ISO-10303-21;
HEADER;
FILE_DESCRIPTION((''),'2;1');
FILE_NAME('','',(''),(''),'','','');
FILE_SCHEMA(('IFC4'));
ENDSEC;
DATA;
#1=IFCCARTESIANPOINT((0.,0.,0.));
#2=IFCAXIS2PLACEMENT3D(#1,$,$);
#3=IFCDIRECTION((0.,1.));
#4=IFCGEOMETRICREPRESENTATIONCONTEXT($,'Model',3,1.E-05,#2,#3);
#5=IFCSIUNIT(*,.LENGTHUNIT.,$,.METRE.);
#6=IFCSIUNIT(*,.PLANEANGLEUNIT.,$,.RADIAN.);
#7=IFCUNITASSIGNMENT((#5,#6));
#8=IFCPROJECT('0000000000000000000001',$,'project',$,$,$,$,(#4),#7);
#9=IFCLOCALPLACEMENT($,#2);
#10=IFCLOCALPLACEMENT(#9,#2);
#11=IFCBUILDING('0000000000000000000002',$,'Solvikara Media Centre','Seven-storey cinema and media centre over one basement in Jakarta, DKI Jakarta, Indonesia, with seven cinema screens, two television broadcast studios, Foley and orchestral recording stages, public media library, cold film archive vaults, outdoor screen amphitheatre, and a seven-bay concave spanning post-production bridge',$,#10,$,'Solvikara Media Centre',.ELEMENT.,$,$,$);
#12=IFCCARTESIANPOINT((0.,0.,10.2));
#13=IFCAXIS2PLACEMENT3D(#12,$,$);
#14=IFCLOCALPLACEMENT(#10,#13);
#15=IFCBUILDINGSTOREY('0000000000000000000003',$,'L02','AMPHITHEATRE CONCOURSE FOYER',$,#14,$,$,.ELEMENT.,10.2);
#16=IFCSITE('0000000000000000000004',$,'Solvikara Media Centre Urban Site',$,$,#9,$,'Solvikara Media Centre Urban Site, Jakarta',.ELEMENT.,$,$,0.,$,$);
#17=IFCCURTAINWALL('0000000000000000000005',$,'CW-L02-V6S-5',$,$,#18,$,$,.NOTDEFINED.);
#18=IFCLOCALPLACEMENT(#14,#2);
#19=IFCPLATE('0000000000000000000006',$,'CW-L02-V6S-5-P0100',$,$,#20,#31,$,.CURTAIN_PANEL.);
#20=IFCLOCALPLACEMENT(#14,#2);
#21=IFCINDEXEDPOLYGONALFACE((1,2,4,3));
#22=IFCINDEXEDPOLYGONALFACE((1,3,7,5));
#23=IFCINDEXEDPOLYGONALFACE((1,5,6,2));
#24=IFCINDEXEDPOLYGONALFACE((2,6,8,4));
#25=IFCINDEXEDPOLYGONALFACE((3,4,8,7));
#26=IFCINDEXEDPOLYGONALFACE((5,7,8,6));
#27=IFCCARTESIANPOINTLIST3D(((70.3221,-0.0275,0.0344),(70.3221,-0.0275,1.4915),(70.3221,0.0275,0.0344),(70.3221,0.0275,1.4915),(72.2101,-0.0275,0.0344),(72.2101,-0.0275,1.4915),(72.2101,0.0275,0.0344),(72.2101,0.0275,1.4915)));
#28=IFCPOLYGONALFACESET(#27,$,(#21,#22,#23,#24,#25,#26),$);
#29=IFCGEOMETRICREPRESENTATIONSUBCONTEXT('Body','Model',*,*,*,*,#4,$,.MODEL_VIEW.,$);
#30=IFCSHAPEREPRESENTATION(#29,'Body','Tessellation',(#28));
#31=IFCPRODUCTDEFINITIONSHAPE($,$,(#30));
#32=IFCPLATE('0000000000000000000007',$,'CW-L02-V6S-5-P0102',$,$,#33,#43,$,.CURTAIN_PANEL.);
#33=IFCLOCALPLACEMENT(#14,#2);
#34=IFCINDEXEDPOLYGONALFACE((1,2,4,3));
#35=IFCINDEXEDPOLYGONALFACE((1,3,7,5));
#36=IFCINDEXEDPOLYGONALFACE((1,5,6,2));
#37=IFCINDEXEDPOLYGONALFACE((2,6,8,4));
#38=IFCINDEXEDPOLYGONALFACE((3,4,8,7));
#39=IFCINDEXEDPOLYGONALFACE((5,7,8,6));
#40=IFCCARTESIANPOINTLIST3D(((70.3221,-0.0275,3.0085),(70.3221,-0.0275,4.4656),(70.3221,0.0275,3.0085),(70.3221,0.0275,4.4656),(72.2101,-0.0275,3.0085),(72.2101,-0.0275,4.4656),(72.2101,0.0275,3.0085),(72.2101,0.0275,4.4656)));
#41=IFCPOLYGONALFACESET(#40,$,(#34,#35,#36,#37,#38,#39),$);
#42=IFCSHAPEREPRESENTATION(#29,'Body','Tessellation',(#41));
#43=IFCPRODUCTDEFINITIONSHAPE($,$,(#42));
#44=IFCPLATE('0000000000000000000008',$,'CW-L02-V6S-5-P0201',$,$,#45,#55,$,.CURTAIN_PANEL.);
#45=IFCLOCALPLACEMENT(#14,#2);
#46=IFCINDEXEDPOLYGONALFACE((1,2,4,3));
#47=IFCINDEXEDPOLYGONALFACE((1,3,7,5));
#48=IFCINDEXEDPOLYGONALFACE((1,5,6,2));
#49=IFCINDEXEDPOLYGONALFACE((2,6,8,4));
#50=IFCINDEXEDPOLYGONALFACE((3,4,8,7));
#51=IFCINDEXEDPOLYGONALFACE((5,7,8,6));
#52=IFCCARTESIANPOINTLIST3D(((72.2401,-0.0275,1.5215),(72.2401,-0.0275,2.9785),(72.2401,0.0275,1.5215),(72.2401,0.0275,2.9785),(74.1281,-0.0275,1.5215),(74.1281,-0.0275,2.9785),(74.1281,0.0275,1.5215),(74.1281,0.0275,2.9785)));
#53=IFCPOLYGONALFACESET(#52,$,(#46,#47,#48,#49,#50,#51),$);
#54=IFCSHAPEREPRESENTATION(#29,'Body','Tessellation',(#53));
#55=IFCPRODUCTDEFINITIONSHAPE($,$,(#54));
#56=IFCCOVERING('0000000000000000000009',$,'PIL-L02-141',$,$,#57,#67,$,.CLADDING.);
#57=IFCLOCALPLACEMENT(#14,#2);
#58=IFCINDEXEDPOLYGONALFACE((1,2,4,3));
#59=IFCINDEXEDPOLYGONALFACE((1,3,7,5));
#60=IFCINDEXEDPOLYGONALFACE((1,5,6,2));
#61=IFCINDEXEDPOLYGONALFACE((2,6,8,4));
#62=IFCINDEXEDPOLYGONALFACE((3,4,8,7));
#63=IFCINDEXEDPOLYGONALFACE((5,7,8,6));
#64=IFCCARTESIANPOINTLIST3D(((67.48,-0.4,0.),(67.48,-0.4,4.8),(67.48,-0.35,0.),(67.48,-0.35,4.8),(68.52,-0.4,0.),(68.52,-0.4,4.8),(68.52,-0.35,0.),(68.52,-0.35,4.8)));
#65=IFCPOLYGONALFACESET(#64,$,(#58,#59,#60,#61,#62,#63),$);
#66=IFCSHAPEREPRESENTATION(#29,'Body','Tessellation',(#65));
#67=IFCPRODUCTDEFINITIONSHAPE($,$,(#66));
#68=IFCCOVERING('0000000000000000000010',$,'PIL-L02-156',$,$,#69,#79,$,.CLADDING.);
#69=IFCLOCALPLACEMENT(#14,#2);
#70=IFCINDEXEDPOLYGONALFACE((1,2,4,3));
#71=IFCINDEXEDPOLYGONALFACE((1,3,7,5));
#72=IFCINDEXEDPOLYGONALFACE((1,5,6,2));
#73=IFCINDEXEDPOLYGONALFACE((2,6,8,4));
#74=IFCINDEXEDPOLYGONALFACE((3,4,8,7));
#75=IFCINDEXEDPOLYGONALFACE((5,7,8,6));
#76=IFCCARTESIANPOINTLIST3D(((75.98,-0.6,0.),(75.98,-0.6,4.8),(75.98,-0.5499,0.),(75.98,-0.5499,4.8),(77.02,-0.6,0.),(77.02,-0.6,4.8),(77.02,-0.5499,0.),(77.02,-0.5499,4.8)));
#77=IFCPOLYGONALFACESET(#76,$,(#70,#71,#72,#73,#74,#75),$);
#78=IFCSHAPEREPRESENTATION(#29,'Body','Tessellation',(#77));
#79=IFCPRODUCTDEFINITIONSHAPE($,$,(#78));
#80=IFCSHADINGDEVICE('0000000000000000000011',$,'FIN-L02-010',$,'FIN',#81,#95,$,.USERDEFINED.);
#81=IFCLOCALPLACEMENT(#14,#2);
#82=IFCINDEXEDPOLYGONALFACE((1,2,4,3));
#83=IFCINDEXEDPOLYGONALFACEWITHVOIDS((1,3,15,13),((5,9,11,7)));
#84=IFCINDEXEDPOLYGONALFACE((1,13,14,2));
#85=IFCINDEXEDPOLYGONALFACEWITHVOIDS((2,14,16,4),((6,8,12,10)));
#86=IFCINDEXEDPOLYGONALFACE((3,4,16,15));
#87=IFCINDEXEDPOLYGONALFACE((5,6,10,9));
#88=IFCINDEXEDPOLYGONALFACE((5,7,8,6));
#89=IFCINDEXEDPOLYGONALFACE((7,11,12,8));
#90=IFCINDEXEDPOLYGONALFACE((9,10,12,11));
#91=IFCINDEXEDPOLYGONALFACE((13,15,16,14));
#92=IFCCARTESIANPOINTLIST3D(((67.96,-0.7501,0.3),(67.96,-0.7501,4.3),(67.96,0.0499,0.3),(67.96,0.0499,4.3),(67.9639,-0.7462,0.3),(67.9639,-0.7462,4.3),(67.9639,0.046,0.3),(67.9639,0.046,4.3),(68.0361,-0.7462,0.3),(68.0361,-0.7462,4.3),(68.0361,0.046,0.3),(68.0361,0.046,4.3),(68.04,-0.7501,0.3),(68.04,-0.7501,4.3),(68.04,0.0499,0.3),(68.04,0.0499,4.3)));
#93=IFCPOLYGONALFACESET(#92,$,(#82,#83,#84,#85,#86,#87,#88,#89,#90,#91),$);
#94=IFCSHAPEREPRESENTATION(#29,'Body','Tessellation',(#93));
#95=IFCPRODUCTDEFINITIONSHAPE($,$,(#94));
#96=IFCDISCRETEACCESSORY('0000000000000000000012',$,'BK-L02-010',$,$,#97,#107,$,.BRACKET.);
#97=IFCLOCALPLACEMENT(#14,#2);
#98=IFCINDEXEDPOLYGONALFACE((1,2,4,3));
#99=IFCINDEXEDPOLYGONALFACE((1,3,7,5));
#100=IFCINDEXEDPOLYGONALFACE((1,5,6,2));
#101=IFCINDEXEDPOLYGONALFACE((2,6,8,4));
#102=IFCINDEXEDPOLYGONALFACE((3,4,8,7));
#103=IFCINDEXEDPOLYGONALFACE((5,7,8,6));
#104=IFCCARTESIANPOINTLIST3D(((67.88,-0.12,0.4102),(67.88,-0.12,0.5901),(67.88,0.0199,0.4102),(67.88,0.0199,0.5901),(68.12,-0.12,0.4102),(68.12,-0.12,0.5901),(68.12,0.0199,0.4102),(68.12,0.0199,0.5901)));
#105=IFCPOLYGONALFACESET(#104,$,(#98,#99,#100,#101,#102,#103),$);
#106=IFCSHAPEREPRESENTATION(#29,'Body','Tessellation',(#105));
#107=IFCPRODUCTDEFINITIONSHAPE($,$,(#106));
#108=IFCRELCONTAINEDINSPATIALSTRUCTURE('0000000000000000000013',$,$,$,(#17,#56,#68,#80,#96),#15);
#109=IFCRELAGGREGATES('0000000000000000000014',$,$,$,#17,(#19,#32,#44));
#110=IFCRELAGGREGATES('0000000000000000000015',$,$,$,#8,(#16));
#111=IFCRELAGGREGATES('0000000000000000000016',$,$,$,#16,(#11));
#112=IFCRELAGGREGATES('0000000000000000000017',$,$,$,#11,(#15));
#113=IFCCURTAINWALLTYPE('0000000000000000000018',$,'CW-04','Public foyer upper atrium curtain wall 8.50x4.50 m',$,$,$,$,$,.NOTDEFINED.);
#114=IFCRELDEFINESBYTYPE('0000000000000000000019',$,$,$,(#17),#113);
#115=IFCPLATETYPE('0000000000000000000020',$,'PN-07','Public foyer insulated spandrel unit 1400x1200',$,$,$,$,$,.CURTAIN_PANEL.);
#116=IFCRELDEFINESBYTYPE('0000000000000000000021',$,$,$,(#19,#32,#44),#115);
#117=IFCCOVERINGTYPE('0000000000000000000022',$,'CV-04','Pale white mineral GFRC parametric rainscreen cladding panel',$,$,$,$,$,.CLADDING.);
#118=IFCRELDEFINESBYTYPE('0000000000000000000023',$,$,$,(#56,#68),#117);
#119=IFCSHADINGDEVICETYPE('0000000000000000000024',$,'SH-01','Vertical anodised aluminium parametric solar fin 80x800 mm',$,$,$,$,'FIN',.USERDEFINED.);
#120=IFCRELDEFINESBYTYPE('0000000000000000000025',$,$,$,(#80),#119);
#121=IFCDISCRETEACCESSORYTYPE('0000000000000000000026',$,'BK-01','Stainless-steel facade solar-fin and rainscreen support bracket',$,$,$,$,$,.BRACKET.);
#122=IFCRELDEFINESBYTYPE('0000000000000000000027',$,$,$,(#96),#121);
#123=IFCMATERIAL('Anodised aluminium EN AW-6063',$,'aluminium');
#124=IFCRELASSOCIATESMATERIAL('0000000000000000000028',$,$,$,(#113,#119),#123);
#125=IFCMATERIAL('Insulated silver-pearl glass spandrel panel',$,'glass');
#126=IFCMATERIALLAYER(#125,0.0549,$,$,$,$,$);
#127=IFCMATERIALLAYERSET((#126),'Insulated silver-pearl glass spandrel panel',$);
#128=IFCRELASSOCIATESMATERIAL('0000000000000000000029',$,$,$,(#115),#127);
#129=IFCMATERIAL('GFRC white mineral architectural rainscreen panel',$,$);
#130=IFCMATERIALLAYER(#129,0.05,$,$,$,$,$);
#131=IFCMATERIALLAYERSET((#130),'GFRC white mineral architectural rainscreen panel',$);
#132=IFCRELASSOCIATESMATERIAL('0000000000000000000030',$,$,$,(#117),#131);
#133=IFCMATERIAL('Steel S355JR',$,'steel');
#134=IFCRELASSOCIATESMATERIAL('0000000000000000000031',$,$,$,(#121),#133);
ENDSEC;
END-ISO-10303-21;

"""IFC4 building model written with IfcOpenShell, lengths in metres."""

from ifc_helpers import new_model, si_unit, direction, frame, origin, origin_2d, place, context, subcontext, project, spatial, rectangle, hollow_rectangle, extrude, material, layer, layer_set, material_profile, profile_set, type_object, element, aggregate, save


model = new_model("IFC4")

# Units and contexts
model_context = context("Model", 3, precision=1e-05, world=origin(), true_north=direction((0.0, 1.0)))
body_context = subcontext(model_context, "Body", "Model", "MODEL_VIEW")
ifc_project = project(units=[si_unit("LENGTHUNIT", "METRE"), si_unit("PLANEANGLEUNIT", "RADIAN")], contexts=[model_context])

# Site, building, storey
site_placement = place(None, origin())
site = spatial("IfcSite", under=ifc_project, at=site_placement, Name="Solvikara Media Centre Urban Site", LongName="Solvikara Media Centre Urban Site, Jakarta", CompositionType="ELEMENT", RefElevation=0.0)
building_placement = place(site_placement, origin())
building = spatial("IfcBuilding", under=site, at=building_placement, Name="Solvikara Media Centre", Description="Seven-storey cinema and media centre over one basement in Jakarta, DKI Jakarta, Indonesia, with seven cinema screens, two television broadcast studios, Foley and orchestral recording stages, public media library, cold film archive vaults, outdoor screen amphitheatre, and a seven-bay concave spanning post-production bridge", LongName="Solvikara Media Centre", CompositionType="ELEMENT")
storey_placement = place(building_placement, frame((0.0, 0.0, 10.2)))
storey = spatial("IfcBuildingStorey", under=building, at=storey_placement, Name="L02", Description="AMPHITHEATRE CONCOURSE FOYER", CompositionType="ELEMENT", Elevation=10.2)

# Shared definitions
ifc_material_1 = material(Name="Steel S355JR", Category="steel")

# Curtain wall
ifc_material_2 = material(Name="Anodised aluminium EN AW-6063", Category="aluminium")
curtain_wall_type = type_object("IfcCurtainWallType", Name="CW-04", Description="Public foyer upper atrium curtain wall 8.50x4.50 m", PredefinedType="NOTDEFINED", material=ifc_material_2)
curtain_wall_1_placement = place(storey_placement, origin())
curtain_wall_1 = element("IfcCurtainWall", 1, at=curtain_wall_1_placement, inside=storey, type_object=curtain_wall_type, Name="CW-L02-V6S-5", PredefinedType="NOTDEFINED")

# Plates
ifc_material_3 = material(Name="Insulated silver-pearl glass spandrel panel", Category="glass")
ifc_layer_1 = layer(ifc_material_3, 0.0549)
ifc_layer_set_1 = layer_set([ifc_layer_1], Name="Insulated silver-pearl glass spandrel panel")
plate_type_1 = type_object("IfcPlateType", Name="PN-07", Description="Public foyer insulated spandrel unit 1400x1200", PredefinedType="CURTAIN_PANEL", material=ifc_layer_set_1)
plate_1_placement = place(storey_placement, frame((71.2661, 0.0, 0.0344), z_axis=(0.0, 0.0, 1.0), x_axis=(1.0, 0.0, 0.0)))
plate_1 = element("IfcPlate", 2, at=plate_1_placement, type_object=plate_type_1, Name="CW-L02-V6S-5-P0100", PredefinedType="CURTAIN_PANEL", context=body_context, shape_type="SweptSolid", body=[
    extrude(rectangle(XDim=1.8879, YDim=0.0549, at=origin_2d()), origin(), (0.0, 0.0, 1.0), 1.457),
])
plate_2_placement = place(storey_placement, frame((71.2661, 0.0, 3.0085), z_axis=(0.0, 0.0, 1.0), x_axis=(1.0, 0.0, 0.0)))
plate_2 = element("IfcPlate", 3, at=plate_2_placement, type_object=plate_type_1, Name="CW-L02-V6S-5-P0102", PredefinedType="CURTAIN_PANEL", context=body_context, shape_type="SweptSolid", body=[
    extrude(rectangle(XDim=1.8879, YDim=0.0549, at=origin_2d()), origin(), (0.0, 0.0, 1.0), 1.457),
])
plate_3_placement = place(storey_placement, frame((73.1841, 0.0, 1.5215), z_axis=(0.0, 0.0, 1.0), x_axis=(1.0, 0.0, 0.0)))
plate_3 = element("IfcPlate", 4, at=plate_3_placement, type_object=plate_type_1, Name="CW-L02-V6S-5-P0201", PredefinedType="CURTAIN_PANEL", context=body_context, shape_type="SweptSolid", body=[
    extrude(rectangle(XDim=1.8879, YDim=0.0549, at=origin_2d()), origin(), (0.0, 0.0, 1.0), 1.457),
])
aggregate(curtain_wall_1, [plate_1, plate_2, plate_3])

# Coverings
ifc_material_4 = material(Name="GFRC white mineral architectural rainscreen panel")
ifc_layer_2 = layer(ifc_material_4, 0.05)
ifc_layer_set_2 = layer_set([ifc_layer_2], Name="GFRC white mineral architectural rainscreen panel")
covering_type = type_object("IfcCoveringType", Name="CV-04", Description="Pale white mineral GFRC parametric rainscreen cladding panel", PredefinedType="CLADDING", material=ifc_layer_set_2)
for number, where, z_axis, x_axis, name in (
    (5, (68.0, -0.375, 0.0), (0.0, 0.0, 1.0), (1.0, 0.0, 0.0), "PIL-L02-141"),
    (6, (76.5, -0.575, 0.0), (0.0, 0.0, 1.0), (1.0, 0.0, 0.0), "PIL-L02-156"),
):
    element("IfcCovering", number, at=place(storey_placement, frame(where, z_axis=z_axis, x_axis=x_axis)), inside=storey, type_object=covering_type, Name=name, PredefinedType="CLADDING", context=body_context, shape_type="SweptSolid", body=[
        extrude(rectangle(XDim=1.04, YDim=0.05, at=origin_2d()), origin(), (0.0, 0.0, 1.0), 4.8),
    ])

# Shading device
ifc_material_profile_1 = material_profile(ifc_material_2, hollow_rectangle(XDim=0.0801, YDim=0.8, WallThickness=0.0039, at=origin_2d()), Name="ALU-FIN 80x800x4")
ifc_profile_set_1 = profile_set([ifc_material_profile_1], Name="Anodised aluminium EN AW-6063")
shading_device_type = type_object("IfcShadingDeviceType", Name="SH-01", Description="Vertical anodised aluminium parametric solar fin 80x800 mm", ElementType="FIN", PredefinedType="USERDEFINED", material=ifc_profile_set_1)
shading_device_placement = place(storey_placement, frame((68.0, -0.3501, 0.3), z_axis=(0.0, 0.0, 1.0), x_axis=(1.0, 0.0, 0.0)))
element("IfcShadingDevice", 7, at=shading_device_placement, inside=storey, type_object=shading_device_type, Name="FIN-L02-010", ObjectType="FIN", PredefinedType="USERDEFINED", context=body_context, shape_type="SweptSolid", body=[
    extrude(hollow_rectangle(XDim=0.0801, YDim=0.8, WallThickness=0.0039, at=origin_2d()), origin(), (0.0, 0.0, 1.0), 4.0),
])

# Discrete accessory
discrete_accessory_type = type_object("IfcDiscreteAccessoryType", Name="BK-01", Description="Stainless-steel facade solar-fin and rainscreen support bracket", PredefinedType="BRACKET", material=ifc_material_1)
discrete_accessory_placement = place(storey_placement, frame((68.0, -0.05, 0.4102), z_axis=(0.0, 0.0, 1.0), x_axis=(1.0, 0.0, 0.0)))
element("IfcDiscreteAccessory", 8, at=discrete_accessory_placement, inside=storey, type_object=discrete_accessory_type, Name="BK-L02-010", PredefinedType="BRACKET", context=body_context, shape_type="SweptSolid", body=[
    extrude(rectangle(XDim=0.24, YDim=0.1399, at=origin_2d()), origin(), (0.0, 0.0, 1.0), 0.1799),
])

save(model, "model.ifc")
